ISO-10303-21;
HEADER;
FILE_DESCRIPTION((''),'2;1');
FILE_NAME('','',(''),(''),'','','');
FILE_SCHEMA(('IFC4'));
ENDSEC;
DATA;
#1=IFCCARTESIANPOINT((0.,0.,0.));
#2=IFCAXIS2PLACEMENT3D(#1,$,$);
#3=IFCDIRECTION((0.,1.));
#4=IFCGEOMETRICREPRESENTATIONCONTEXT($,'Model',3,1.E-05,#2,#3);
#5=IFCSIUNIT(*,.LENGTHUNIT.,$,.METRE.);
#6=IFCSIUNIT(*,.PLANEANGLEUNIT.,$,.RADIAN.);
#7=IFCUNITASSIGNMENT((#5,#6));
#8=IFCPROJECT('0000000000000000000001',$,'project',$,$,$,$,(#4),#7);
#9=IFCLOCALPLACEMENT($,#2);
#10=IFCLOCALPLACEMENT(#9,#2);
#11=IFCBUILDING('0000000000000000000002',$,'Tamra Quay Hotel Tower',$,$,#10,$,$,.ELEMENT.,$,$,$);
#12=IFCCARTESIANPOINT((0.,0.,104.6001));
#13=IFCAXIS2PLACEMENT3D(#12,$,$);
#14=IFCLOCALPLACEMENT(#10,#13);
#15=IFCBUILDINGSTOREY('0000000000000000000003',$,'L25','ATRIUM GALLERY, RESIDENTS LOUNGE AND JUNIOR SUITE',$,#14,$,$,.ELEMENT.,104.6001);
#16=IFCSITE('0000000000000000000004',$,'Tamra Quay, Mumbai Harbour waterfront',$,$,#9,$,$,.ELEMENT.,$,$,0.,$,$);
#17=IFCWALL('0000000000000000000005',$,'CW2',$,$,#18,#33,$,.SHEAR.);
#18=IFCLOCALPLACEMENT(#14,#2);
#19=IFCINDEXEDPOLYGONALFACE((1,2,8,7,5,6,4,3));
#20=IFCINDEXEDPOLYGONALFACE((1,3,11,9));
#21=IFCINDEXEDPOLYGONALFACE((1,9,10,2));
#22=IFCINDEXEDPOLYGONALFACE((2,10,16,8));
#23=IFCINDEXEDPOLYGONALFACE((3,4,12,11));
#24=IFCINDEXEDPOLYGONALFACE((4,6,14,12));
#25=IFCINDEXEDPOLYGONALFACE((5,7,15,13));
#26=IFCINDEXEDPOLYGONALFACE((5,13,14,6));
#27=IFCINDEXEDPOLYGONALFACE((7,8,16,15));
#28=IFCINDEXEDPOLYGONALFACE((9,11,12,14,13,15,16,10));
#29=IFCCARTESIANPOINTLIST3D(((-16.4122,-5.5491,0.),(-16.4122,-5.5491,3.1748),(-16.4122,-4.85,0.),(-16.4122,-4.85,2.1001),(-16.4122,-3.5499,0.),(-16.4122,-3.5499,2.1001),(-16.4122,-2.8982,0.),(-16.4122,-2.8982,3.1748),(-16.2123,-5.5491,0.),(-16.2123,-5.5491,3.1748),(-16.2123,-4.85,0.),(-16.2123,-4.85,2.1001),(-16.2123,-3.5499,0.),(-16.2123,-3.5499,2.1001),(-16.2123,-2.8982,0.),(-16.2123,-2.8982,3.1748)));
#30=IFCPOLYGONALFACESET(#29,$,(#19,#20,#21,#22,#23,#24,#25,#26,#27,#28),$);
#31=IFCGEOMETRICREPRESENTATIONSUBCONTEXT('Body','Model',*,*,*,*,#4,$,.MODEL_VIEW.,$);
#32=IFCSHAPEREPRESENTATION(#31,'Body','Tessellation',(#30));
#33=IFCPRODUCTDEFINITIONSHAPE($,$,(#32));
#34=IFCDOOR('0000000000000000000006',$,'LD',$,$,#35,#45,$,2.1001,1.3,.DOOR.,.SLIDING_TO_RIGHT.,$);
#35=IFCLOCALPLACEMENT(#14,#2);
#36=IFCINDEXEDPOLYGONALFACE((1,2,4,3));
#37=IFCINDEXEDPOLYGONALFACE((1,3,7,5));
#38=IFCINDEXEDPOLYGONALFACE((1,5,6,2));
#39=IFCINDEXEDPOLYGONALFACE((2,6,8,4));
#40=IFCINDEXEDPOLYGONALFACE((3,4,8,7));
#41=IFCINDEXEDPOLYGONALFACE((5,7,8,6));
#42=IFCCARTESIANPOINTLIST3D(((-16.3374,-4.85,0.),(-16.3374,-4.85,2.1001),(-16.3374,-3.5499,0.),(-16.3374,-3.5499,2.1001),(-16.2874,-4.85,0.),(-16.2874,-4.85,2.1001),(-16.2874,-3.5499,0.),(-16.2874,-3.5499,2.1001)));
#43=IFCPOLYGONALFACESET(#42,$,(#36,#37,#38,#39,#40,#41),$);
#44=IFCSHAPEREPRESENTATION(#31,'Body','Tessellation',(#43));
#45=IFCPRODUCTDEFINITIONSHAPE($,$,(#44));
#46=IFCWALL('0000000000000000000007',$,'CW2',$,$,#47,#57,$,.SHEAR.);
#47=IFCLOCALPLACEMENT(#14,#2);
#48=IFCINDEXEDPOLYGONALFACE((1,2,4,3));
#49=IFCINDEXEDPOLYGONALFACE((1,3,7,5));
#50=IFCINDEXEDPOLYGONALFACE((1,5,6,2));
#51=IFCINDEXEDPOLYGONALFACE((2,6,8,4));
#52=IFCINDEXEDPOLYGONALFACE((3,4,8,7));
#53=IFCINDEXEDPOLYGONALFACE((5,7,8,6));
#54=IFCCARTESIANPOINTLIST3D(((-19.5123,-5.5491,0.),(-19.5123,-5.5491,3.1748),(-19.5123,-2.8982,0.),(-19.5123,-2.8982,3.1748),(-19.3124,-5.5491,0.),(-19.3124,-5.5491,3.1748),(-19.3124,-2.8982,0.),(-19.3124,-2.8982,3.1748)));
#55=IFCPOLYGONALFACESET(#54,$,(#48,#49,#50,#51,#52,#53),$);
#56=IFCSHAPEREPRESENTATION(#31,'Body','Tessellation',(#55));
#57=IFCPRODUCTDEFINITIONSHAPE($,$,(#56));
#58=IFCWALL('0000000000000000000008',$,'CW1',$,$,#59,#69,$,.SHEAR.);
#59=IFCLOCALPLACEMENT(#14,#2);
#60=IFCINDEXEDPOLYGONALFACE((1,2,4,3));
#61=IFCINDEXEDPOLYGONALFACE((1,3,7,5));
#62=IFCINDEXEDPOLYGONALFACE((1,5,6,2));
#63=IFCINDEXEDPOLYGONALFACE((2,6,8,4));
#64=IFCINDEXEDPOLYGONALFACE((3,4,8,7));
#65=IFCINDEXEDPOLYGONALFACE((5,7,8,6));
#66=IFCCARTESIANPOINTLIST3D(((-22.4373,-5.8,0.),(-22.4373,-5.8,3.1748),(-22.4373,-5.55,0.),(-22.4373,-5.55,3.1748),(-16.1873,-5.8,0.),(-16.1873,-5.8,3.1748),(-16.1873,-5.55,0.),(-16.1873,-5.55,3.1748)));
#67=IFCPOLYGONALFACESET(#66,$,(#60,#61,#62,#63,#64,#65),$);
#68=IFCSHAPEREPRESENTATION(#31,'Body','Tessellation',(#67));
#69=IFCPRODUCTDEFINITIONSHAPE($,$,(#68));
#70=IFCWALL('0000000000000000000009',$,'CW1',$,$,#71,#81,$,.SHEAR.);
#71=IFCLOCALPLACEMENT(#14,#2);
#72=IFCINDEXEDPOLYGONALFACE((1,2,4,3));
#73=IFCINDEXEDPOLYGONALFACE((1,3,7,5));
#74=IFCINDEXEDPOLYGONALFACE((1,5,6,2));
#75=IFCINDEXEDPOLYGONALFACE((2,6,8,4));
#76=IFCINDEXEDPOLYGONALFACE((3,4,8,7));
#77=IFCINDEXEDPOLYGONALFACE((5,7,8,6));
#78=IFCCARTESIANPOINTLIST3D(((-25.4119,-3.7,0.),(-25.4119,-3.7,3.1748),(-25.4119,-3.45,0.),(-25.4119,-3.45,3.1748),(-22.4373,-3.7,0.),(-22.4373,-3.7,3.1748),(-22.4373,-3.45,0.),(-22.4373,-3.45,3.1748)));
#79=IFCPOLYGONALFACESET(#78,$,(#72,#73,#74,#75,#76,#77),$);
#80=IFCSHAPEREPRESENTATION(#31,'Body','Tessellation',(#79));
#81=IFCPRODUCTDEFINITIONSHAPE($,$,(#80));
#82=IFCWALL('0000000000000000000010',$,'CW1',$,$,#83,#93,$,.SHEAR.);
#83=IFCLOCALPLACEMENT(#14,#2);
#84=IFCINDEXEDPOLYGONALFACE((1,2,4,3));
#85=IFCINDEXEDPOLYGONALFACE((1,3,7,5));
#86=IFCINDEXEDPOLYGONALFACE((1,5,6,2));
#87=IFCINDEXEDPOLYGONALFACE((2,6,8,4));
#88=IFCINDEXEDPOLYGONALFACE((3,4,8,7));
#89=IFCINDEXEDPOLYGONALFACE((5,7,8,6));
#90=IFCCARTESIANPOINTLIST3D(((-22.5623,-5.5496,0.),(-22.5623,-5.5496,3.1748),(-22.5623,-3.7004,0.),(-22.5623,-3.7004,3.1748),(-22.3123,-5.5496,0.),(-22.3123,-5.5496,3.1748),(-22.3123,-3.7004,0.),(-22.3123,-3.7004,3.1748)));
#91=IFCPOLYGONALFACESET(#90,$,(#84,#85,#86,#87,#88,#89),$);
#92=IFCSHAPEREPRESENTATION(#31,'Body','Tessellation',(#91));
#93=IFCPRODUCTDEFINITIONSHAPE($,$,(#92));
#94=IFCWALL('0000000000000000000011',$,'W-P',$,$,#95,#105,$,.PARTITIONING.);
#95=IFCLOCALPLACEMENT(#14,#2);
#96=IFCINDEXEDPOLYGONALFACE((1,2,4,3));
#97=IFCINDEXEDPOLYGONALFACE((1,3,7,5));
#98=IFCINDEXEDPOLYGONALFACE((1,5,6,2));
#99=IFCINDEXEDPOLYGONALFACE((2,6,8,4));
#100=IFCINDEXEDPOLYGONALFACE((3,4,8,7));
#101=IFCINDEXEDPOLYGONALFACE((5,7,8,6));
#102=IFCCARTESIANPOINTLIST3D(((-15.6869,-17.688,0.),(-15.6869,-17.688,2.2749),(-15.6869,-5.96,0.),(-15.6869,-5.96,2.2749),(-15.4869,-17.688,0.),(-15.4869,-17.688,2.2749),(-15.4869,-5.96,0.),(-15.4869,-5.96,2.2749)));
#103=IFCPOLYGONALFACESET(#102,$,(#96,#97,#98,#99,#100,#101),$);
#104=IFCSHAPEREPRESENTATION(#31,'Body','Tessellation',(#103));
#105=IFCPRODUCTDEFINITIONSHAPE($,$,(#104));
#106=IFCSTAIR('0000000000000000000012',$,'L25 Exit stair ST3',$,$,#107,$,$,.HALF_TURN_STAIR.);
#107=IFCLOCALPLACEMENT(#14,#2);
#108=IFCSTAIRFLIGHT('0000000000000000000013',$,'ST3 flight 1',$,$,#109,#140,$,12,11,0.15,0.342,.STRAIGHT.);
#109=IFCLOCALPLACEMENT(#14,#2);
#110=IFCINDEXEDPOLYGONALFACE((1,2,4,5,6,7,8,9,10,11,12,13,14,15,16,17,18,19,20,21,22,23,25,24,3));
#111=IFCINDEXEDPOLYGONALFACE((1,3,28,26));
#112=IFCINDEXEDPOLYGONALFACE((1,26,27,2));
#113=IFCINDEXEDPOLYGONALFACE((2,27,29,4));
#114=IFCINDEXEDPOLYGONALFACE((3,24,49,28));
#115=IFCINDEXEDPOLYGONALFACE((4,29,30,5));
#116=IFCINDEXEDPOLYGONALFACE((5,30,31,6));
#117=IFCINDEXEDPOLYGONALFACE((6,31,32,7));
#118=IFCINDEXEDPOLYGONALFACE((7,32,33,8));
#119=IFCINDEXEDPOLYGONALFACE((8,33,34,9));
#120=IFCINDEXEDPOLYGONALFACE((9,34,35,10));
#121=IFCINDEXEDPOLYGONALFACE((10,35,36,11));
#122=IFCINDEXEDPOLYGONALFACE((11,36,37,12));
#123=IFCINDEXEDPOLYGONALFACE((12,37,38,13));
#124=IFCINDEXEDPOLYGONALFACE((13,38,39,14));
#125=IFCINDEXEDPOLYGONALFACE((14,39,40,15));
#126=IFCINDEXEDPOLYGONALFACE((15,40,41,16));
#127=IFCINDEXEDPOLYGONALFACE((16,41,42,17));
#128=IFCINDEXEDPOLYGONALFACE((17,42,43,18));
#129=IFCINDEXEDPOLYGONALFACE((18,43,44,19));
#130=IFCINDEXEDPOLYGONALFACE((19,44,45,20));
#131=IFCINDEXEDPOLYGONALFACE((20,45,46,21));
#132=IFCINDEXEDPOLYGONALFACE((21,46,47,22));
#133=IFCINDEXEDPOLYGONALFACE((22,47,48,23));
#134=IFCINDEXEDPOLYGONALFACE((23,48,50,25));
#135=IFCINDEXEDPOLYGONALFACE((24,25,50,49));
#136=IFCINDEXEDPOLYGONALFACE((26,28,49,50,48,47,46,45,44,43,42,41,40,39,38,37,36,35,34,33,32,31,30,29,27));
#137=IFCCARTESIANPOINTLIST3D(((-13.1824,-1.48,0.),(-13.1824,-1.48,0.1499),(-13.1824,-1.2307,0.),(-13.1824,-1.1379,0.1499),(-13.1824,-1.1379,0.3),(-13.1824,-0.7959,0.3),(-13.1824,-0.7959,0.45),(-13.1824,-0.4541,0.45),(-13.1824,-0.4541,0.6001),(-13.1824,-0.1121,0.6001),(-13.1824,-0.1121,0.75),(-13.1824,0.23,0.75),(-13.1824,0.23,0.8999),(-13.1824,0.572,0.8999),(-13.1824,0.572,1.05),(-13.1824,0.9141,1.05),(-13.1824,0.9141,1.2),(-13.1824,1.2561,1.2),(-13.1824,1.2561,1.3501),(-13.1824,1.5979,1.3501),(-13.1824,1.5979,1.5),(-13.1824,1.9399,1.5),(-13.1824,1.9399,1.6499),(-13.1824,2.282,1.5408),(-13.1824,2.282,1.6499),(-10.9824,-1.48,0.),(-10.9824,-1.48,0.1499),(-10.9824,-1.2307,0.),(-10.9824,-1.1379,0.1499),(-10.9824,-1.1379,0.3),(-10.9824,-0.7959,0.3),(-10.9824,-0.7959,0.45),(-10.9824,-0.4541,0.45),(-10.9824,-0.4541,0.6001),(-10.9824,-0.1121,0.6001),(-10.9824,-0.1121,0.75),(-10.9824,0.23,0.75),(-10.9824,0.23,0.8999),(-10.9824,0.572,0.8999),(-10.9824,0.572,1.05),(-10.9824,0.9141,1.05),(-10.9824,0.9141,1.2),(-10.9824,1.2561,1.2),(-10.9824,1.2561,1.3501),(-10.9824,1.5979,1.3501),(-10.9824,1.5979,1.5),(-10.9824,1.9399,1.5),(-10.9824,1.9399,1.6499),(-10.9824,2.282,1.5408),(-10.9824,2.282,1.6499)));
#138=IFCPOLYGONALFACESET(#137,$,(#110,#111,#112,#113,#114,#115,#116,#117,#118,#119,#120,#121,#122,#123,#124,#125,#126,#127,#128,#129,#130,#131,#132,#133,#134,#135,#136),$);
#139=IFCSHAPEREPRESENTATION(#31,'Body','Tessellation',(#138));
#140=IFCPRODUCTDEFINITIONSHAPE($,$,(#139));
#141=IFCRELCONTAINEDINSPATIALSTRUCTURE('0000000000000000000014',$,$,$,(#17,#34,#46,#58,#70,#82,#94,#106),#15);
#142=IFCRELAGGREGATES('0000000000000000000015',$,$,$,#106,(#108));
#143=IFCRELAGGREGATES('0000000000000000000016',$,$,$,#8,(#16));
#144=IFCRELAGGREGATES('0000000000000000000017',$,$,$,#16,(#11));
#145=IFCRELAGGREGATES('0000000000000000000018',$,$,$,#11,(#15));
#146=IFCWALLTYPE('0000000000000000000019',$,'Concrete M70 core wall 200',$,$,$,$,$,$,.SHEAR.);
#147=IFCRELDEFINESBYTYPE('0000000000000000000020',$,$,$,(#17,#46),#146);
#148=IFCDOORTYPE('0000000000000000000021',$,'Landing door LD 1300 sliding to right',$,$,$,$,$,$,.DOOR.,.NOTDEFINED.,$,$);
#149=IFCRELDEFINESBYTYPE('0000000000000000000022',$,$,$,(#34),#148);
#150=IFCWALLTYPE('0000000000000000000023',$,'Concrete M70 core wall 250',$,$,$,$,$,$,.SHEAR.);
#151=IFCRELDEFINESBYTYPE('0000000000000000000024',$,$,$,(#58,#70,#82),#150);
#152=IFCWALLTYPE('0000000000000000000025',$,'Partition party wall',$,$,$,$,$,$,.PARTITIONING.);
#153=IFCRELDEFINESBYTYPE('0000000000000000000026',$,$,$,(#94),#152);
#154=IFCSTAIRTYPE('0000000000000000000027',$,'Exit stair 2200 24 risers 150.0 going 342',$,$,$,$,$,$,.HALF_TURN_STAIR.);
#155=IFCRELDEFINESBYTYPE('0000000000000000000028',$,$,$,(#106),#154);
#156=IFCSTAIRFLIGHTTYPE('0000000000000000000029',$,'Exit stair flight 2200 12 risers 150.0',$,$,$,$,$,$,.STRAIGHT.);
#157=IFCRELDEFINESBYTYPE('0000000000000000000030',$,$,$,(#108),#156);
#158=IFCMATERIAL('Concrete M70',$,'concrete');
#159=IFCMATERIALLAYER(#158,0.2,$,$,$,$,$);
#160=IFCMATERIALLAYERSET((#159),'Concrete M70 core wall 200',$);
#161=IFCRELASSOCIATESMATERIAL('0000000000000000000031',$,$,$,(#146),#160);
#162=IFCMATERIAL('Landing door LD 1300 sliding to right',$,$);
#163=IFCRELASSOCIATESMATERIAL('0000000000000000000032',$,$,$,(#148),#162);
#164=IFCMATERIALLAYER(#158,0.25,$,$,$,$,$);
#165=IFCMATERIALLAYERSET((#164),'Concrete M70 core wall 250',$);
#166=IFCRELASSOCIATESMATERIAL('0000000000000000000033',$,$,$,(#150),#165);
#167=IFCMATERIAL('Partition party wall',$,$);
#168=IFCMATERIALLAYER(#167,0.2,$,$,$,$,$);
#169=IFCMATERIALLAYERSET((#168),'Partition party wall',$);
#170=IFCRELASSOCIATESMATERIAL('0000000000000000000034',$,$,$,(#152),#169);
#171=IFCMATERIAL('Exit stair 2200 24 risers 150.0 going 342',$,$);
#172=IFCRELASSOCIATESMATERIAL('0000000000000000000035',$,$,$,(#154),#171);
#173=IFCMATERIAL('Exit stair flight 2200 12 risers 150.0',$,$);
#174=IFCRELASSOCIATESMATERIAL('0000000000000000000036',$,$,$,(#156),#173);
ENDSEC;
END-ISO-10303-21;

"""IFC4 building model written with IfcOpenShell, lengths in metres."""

from ifc_helpers import new_model, si_unit, direction, frame, frame_2d, origin, place, context, subcontext, project, spatial, polyline, rectangle, outline, extrude, material, layer, layer_set, type_object, element, fill, aggregate, save


model = new_model("IFC4")

# Units and contexts
model_context = context("Model", 3, precision=1e-05, world=origin(), true_north=direction((0.0, 1.0)))
body_context = subcontext(model_context, "Body", "Model", "MODEL_VIEW")
ifc_project = project(units=[si_unit("LENGTHUNIT", "METRE"), si_unit("PLANEANGLEUNIT", "RADIAN")], contexts=[model_context])

# Site, building, storey
site_placement = place(None, origin())
site = spatial("IfcSite", under=ifc_project, at=site_placement, Name="Tamra Quay, Mumbai Harbour waterfront", CompositionType="ELEMENT", RefElevation=0.0)
building_placement = place(site_placement, origin())
building = spatial("IfcBuilding", under=site, at=building_placement, Name="Tamra Quay Hotel Tower", CompositionType="ELEMENT")
storey_placement = place(building_placement, frame((0.0, 0.0, 104.6001)))
storey = spatial("IfcBuildingStorey", under=building, at=storey_placement, Name="L25", Description="ATRIUM GALLERY, RESIDENTS LOUNGE AND JUNIOR SUITE", CompositionType="ELEMENT", Elevation=104.6001)

# Shared definitions
ifc_material_1 = material(Name="Concrete M70", Category="concrete")

# Shared definitions
ifc_layer_1 = layer(ifc_material_1, 0.2)
ifc_layer_set_1 = layer_set([ifc_layer_1], Name="Concrete M70 core wall 200")
wall_type_1 = type_object("IfcWallType", Name="Concrete M70 core wall 200", PredefinedType="SHEAR", material=ifc_layer_set_1)

# Wall, opening, door
wall_1_placement = place(storey_placement, frame((-16.3123, -2.8982, 0.0), z_axis=(0.0, 0.0, 1.0), x_axis=(0.0, -1.0, 0.0)))
wall_1 = element("IfcWall", 1, at=wall_1_placement, inside=storey, type_object=wall_type_1, Name="CW2", PredefinedType="SHEAR", context=body_context, shape_type="SweptSolid", body=[
    extrude(rectangle(XDim=2.6509, YDim=0.2, at=frame_2d((1.3254, 0.0))), origin(), (0.0, 0.0, 1.0), 3.1748),
])
opening_placement = place(wall_1_placement, frame((0.6519, 0.0, 0.0)))
opening = element("IfcOpeningElement", 2, at=opening_placement, cuts=wall_1, PredefinedType="OPENING", context=body_context, shape_type="SweptSolid", body=[
    extrude(rectangle(XDim=1.3, YDim=2.1001, at=frame_2d((0.6499, 1.05))), frame((0.0, 0.1099, 0.0), z_axis=(0.0, -1.0, 0.0), x_axis=(1.0, 0.0, 0.0)), (0.0, 0.0, 1.0), 0.22),
])
ifc_material_2 = material(Name="Landing door LD 1300 sliding to right")
door_type = type_object("IfcDoorType", Name="Landing door LD 1300 sliding to right", OperationType="NOTDEFINED", PredefinedType="DOOR", material=ifc_material_2)
door_placement = place(opening_placement, origin())
door = element("IfcDoor", 3, at=door_placement, inside=storey, type_object=door_type, Name="LD", OperationType="SLIDING_TO_RIGHT", OverallHeight=2.1001, OverallWidth=1.3, PredefinedType="DOOR", context=body_context, shape_type="SweptSolid", body=[
    extrude(rectangle(XDim=1.3, YDim=2.1001, at=frame_2d((0.6499, 1.05))), frame((0.0, 0.0249, 0.0), z_axis=(0.0, -1.0, 0.0), x_axis=(1.0, 0.0, 0.0)), (0.0, 0.0, 1.0), 0.05),
])
fill(opening, door)

# Walls
wall_2_placement = place(storey_placement, frame((-19.4124, -5.5491, 0.0), z_axis=(0.0, 0.0, 1.0), x_axis=(0.0, 1.0, 0.0)))
element("IfcWall", 4, at=wall_2_placement, inside=storey, type_object=wall_type_1, Name="CW2", PredefinedType="SHEAR", context=body_context, shape_type="SweptSolid", body=[
    extrude(rectangle(XDim=2.6509, YDim=0.2, at=frame_2d((1.3254, 0.0))), origin(), (0.0, 0.0, 1.0), 3.1748),
])
ifc_layer_2 = layer(ifc_material_1, 0.25)
ifc_layer_set_2 = layer_set([ifc_layer_2], Name="Concrete M70 core wall 250")
wall_type_2 = type_object("IfcWallType", Name="Concrete M70 core wall 250", PredefinedType="SHEAR", material=ifc_layer_set_2)
wall_3_placement = place(storey_placement, frame((-16.1873, -5.675, 0.0), z_axis=(0.0, 0.0, 1.0), x_axis=(-1.0, 0.0, 0.0)))
element("IfcWall", 5, at=wall_3_placement, inside=storey, type_object=wall_type_2, Name="CW1", PredefinedType="SHEAR", context=body_context, shape_type="SweptSolid", body=[
    extrude(rectangle(XDim=6.25, YDim=0.25, at=frame_2d((3.125, 0.0))), origin(), (0.0, 0.0, 1.0), 3.1748),
])
wall_4_placement = place(storey_placement, frame((-22.4373, -3.575, 0.0), z_axis=(0.0, 0.0, 1.0), x_axis=(-1.0, 0.0, 0.0)))
element("IfcWall", 6, at=wall_4_placement, inside=storey, type_object=wall_type_2, Name="CW1", PredefinedType="SHEAR", context=body_context, shape_type="SweptSolid", body=[
    extrude(rectangle(XDim=2.9746, YDim=0.25, at=frame_2d((1.4873, 0.0))), origin(), (0.0, 0.0, 1.0), 3.1748),
])
wall_5_placement = place(storey_placement, frame((-22.4373, -5.5496, 0.0), z_axis=(0.0, 0.0, 1.0), x_axis=(0.0, 1.0, 0.0)))
element("IfcWall", 7, at=wall_5_placement, inside=storey, type_object=wall_type_2, Name="CW1", PredefinedType="SHEAR", context=body_context, shape_type="SweptSolid", body=[
    extrude(rectangle(XDim=1.8491, YDim=0.25, at=frame_2d((0.9246, 0.0))), origin(), (0.0, 0.0, 1.0), 3.1748),
])
ifc_material_3 = material(Name="Partition party wall")
ifc_layer_3 = layer(ifc_material_3, 0.2)
ifc_layer_set_3 = layer_set([ifc_layer_3], Name="Partition party wall")
wall_type_3 = type_object("IfcWallType", Name="Partition party wall", PredefinedType="PARTITIONING", material=ifc_layer_set_3)
wall_6_placement = place(storey_placement, frame((-15.5869, -17.688, 0.0), z_axis=(0.0, 0.0, 1.0), x_axis=(0.0, 1.0, 0.0)))
element("IfcWall", 8, at=wall_6_placement, inside=storey, type_object=wall_type_3, Name="W-P", PredefinedType="PARTITIONING", context=body_context, shape_type="SweptSolid", body=[
    extrude(rectangle(XDim=11.728, YDim=0.2, at=frame_2d((5.864, 0.0))), origin(), (0.0, 0.0, 1.0), 2.2749),
])

# Stair, stair flight
ifc_material_4 = material(Name="Exit stair 2200 24 risers 150.0 going 342")
stair_type = type_object("IfcStairType", Name="Exit stair 2200 24 risers 150.0 going 342", PredefinedType="HALF_TURN_STAIR", material=ifc_material_4)
stair_placement = place(storey_placement, origin())
stair = element("IfcStair", 9, at=stair_placement, inside=storey, type_object=stair_type, Name="L25 Exit stair ST3", PredefinedType="HALF_TURN_STAIR")
ifc_material_5 = material(Name="Exit stair flight 2200 12 risers 150.0")
stair_flight_type = type_object("IfcStairFlightType", Name="Exit stair flight 2200 12 risers 150.0", PredefinedType="STRAIGHT", material=ifc_material_5)
stair_flight_placement = place(storey_placement, frame((-12.0823, -1.48, 0.0), z_axis=(0.0, 0.0, 1.0), x_axis=(0.0, 1.0, 0.0)))
stair_flight = element("IfcStairFlight", 10, at=stair_flight_placement, type_object=stair_flight_type, Name="ST3 flight 1", NumberOfRisers=12, NumberOfTreads=11, PredefinedType="STRAIGHT", RiserHeight=0.15, TreadLength=0.342, context=body_context, shape_type="SweptSolid", body=[
    extrude(outline(polyline([(0.0, 0.0), (0.0, 0.1499), (0.342, 0.1499), (0.342, 0.3), (0.6841, 0.3), (0.6841, 0.45), (1.0259, 0.45), (1.0259, 0.6001), (1.3679, 0.6001), (1.3679, 0.75), (1.71, 0.75), (1.71, 0.8999), (2.052, 0.8999), (2.052, 1.05), (2.394, 1.05), (2.394, 1.2), (2.7361, 1.2), (2.7361, 1.3501), (3.0779, 1.3501), (3.0779, 1.5), (3.4199, 1.5), (3.4199, 1.6499), (3.762, 1.6499), (3.762, 1.8), (3.762, 1.5408), (0.2493, 0.0), (0.0, 0.0)])), frame((0.0, 1.1001, 0.0), z_axis=(0.0, -1.0, 0.0), x_axis=(1.0, 0.0, 0.0)), (0.0, 0.0, 1.0), 2.2),
])
aggregate(stair, [stair_flight])

save(model, "model.ifc")
